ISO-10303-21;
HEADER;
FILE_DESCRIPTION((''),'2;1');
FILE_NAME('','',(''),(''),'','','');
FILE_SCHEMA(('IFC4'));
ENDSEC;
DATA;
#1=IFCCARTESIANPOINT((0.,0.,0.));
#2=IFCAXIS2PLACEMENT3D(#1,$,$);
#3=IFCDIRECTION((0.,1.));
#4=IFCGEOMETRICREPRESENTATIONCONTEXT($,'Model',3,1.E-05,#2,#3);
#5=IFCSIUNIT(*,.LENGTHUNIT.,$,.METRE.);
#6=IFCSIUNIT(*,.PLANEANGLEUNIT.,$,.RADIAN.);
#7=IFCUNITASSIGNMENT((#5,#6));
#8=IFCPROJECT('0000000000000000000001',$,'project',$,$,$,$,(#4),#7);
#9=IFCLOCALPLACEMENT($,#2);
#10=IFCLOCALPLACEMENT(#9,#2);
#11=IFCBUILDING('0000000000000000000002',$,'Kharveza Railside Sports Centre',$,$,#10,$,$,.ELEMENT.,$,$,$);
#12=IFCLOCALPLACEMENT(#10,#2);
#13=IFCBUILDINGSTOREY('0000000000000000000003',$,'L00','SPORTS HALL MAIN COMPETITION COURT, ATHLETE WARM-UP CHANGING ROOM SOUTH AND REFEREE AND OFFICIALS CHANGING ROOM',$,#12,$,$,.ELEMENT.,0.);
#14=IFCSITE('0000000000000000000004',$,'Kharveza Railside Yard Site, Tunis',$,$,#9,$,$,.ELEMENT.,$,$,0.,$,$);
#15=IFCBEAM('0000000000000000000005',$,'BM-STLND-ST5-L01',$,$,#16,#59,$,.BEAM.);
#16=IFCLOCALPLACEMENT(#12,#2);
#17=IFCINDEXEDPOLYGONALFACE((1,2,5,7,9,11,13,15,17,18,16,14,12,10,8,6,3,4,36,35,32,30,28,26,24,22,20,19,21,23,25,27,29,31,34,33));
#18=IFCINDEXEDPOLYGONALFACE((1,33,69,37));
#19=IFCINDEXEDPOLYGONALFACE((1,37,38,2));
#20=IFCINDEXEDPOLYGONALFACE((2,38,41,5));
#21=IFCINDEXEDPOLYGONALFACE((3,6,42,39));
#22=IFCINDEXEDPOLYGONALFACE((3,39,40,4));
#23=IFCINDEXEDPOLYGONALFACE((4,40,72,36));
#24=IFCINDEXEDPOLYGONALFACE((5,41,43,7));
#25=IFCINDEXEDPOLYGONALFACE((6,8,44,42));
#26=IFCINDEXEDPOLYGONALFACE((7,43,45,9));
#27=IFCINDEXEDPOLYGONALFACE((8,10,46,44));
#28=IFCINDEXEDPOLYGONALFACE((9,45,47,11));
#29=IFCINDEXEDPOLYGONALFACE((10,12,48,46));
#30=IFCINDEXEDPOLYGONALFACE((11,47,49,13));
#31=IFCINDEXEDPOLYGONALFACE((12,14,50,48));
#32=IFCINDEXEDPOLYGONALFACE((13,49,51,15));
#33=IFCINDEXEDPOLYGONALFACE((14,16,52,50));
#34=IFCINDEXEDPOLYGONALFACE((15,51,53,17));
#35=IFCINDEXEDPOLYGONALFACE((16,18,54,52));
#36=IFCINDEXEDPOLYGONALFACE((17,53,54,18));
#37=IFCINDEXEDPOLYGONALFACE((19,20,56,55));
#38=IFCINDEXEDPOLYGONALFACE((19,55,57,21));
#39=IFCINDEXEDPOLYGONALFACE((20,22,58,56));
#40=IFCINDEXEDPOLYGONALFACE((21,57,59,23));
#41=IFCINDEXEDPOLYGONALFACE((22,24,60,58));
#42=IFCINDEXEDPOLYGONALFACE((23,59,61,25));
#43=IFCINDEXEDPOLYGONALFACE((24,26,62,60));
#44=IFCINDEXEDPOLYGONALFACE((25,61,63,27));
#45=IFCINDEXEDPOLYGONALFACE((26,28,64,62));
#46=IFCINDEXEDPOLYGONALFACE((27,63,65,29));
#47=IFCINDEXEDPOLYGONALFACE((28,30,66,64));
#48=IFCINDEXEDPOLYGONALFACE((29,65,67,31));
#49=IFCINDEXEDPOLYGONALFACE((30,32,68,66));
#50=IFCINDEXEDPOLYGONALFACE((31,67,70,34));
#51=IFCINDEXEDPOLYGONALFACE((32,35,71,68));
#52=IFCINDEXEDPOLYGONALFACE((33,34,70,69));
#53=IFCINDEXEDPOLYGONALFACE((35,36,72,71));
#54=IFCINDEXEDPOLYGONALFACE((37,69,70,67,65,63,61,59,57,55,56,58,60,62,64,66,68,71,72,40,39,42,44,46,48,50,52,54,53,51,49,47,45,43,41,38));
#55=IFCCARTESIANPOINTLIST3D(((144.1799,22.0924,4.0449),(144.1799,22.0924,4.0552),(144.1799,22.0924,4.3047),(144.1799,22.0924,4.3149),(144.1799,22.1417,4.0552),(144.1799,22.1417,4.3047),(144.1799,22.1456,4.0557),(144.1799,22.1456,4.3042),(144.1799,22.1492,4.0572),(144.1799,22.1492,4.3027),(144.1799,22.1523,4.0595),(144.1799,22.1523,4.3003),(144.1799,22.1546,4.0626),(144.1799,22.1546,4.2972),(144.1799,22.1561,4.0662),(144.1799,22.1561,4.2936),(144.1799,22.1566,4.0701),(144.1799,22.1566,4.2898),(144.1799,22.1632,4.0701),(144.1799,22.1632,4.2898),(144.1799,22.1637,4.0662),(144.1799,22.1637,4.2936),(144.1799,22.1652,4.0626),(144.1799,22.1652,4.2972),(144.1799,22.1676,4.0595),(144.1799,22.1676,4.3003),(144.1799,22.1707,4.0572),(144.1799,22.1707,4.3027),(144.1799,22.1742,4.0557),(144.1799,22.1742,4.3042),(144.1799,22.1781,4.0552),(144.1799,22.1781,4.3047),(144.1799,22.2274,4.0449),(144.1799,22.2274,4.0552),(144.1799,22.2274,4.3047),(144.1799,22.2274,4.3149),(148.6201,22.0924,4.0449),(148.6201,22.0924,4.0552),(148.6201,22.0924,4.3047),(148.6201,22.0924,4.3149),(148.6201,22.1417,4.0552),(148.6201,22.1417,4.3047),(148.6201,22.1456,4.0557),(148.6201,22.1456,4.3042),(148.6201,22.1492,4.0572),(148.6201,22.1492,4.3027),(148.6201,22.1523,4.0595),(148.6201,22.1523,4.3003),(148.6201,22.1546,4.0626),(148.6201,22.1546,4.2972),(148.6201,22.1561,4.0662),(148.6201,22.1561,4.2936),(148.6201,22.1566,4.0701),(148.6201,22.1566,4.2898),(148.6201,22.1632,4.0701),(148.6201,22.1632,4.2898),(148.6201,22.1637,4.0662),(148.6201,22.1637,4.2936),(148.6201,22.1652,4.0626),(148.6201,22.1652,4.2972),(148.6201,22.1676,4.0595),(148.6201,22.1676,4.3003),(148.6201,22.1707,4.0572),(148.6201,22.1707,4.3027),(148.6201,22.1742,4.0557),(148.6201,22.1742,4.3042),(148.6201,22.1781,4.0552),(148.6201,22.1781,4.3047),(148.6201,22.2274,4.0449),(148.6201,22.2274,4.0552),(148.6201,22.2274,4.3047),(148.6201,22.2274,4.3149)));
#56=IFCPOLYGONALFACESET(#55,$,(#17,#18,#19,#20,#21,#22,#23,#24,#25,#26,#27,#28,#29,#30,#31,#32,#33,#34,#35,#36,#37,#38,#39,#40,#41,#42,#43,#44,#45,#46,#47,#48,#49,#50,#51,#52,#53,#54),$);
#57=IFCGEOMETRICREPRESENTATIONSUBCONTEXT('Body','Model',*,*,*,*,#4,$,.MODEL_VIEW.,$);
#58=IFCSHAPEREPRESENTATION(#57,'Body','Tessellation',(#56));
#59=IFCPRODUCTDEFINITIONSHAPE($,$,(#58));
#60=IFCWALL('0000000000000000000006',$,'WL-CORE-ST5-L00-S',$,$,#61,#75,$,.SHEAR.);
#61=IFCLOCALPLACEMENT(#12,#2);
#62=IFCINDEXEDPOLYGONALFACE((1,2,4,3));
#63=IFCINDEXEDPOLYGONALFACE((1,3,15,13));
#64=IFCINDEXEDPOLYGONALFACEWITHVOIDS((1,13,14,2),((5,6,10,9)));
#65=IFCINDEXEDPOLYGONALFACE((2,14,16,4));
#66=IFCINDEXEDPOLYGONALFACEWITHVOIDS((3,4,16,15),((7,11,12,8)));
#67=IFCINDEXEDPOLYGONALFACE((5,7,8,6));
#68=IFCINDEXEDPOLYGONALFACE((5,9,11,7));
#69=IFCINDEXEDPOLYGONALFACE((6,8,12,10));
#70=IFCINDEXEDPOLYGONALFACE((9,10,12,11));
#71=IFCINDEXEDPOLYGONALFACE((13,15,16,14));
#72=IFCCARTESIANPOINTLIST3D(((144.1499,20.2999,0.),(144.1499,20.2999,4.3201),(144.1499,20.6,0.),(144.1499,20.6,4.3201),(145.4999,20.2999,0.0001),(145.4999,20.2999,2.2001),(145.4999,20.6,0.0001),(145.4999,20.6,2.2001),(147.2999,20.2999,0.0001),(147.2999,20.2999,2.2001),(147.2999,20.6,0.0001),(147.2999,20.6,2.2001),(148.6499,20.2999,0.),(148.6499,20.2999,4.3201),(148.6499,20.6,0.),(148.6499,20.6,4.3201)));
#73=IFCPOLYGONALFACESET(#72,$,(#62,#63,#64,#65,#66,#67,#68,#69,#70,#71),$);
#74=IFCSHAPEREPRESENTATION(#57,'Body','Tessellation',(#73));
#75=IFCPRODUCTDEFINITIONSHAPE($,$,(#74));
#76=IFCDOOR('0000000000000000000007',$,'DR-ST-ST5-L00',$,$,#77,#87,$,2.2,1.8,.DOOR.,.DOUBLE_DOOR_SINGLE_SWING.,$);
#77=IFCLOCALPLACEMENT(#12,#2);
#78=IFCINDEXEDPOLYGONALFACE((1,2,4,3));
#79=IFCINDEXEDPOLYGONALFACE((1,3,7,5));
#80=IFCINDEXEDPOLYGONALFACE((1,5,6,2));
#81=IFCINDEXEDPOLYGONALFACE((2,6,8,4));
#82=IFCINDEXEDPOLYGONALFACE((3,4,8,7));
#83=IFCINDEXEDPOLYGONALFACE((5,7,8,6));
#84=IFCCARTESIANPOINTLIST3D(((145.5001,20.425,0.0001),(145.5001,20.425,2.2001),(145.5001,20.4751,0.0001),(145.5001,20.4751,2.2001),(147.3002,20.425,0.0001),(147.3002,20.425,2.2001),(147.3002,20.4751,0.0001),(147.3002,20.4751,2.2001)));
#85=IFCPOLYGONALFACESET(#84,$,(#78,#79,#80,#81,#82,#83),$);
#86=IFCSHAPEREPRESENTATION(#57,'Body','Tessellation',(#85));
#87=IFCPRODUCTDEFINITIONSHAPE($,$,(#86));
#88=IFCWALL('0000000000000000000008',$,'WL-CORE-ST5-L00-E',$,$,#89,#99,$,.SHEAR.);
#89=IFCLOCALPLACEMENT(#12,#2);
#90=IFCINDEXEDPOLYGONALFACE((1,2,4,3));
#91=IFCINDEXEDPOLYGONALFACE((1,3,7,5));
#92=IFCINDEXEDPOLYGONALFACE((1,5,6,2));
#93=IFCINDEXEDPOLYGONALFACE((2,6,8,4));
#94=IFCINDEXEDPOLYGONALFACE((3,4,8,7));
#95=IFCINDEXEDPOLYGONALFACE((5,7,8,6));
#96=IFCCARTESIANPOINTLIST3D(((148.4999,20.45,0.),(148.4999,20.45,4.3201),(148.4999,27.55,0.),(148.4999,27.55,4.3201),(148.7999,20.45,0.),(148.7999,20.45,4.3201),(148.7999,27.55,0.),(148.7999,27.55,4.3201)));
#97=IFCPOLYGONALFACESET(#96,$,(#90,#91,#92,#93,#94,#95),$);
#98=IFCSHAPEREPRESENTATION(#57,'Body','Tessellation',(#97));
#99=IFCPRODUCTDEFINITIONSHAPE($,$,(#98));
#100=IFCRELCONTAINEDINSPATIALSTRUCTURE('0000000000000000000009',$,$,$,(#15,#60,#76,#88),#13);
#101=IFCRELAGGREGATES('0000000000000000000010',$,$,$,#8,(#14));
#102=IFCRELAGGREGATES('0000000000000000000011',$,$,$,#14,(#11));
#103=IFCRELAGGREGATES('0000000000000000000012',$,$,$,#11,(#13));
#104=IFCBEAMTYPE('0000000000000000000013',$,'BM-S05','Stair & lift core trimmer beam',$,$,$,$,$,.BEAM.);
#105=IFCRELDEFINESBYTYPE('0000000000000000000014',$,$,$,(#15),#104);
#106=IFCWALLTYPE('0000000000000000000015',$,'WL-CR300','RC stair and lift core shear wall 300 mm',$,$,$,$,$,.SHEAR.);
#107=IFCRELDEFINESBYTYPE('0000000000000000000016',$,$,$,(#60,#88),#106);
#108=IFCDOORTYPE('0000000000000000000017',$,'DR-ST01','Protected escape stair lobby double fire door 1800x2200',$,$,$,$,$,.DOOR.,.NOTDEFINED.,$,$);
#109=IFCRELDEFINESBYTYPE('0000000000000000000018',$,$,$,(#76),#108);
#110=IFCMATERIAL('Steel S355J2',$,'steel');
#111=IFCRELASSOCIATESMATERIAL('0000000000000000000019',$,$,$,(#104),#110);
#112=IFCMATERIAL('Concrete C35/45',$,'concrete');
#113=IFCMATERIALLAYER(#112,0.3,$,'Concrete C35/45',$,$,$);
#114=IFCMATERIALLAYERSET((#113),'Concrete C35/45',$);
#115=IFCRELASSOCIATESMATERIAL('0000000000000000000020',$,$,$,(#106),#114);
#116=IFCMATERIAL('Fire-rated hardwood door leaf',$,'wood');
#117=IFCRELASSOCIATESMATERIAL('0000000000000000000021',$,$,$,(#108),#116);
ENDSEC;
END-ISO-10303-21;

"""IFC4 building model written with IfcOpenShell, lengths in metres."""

from ifc_helpers import new_model, si_unit, direction, frame, frame_2d, origin, origin_2d, place, context, subcontext, project, spatial, rectangle, i_section, extrude, material, layer, layer_set, material_profile, profile_set, type_object, element, fill, save


model = new_model("IFC4")

# Units and contexts
model_context = context("Model", 3, precision=1e-05, world=origin(), true_north=direction((0.0, 1.0)))
body_context = subcontext(model_context, "Body", "Model", "MODEL_VIEW")
ifc_project = project(units=[si_unit("LENGTHUNIT", "METRE"), si_unit("PLANEANGLEUNIT", "RADIAN")], contexts=[model_context])

# Site, building, storey
site_placement = place(None, origin())
site = spatial("IfcSite", under=ifc_project, at=site_placement, Name="Kharveza Railside Yard Site, Tunis", CompositionType="ELEMENT", RefElevation=0.0)
building_placement = place(site_placement, origin())
building = spatial("IfcBuilding", under=site, at=building_placement, Name="Kharveza Railside Sports Centre", CompositionType="ELEMENT")
storey_placement = place(building_placement, origin())
storey = spatial("IfcBuildingStorey", under=building, at=storey_placement, Name="L00", Description="SPORTS HALL MAIN COMPETITION COURT, ATHLETE WARM-UP CHANGING ROOM SOUTH AND REFEREE AND OFFICIALS CHANGING ROOM", CompositionType="ELEMENT", Elevation=0.0)

# Shared definitions
ifc_material_1 = material(Name="Concrete C35/45", Category="concrete")

# Shared definitions
ifc_material_2 = material(Name="Steel S355J2", Category="steel")

# Beam
ifc_material_profile_1 = material_profile(ifc_material_2, i_section(OverallWidth=0.135, OverallDepth=0.27, WebThickness=0.0066, FlangeThickness=0.0103, FilletRadius=0.0149, at=origin_2d()), Name="IPE 270")
ifc_profile_set_1 = profile_set([ifc_material_profile_1], Name="Steel S355J2")
beam_type_1 = type_object("IfcBeamType", Name="BM-S05", Description="Stair & lift core trimmer beam", PredefinedType="BEAM", material=ifc_profile_set_1)
beam_1_placement = place(storey_placement, frame((144.1799, 22.1599, 4.1799), z_axis=(1.0, 0.0, 0.0), x_axis=(0.0, 1.0, 0.0)))
element("IfcBeam", 1, at=beam_1_placement, inside=storey, type_object=beam_type_1, Name="BM-STLND-ST5-L01", PredefinedType="BEAM", context=body_context, shape_type="SweptSolid", body=[
    extrude(i_section(OverallWidth=0.135, OverallDepth=0.27, WebThickness=0.0066, FlangeThickness=0.0103, FilletRadius=0.0149, at=origin_2d()), origin(), (0.0, 0.0, 1.0), 4.4402),
])

# Wall, opening, door
ifc_layer = layer(ifc_material_1, 0.3, Name="Concrete C35/45")
ifc_layer_set = layer_set([ifc_layer], Name="Concrete C35/45")
wall_type = type_object("IfcWallType", Name="WL-CR300", Description="RC stair and lift core shear wall 300 mm", PredefinedType="SHEAR", material=ifc_layer_set)
wall_1_placement = place(storey_placement, frame((144.1499, 20.45, 0.0), z_axis=(0.0, 0.0, 1.0), x_axis=(1.0, 0.0, 0.0)))
wall_1 = element("IfcWall", 2, at=wall_1_placement, inside=storey, type_object=wall_type, Name="WL-CORE-ST5-L00-S", PredefinedType="SHEAR", context=body_context, shape_type="SweptSolid", body=[
    extrude(rectangle(XDim=4.5, YDim=0.3, at=frame_2d((2.25, 0.0))), origin(), (0.0, 0.0, 1.0), 4.3201),
])
opening_placement = place(wall_1_placement, frame((1.3501, 0.0, 0.0)))
opening = element("IfcOpeningElement", 3, at=opening_placement, cuts=wall_1, PredefinedType="OPENING", context=body_context, shape_type="SweptSolid", body=[
    extrude(rectangle(XDim=1.8, YDim=2.2, at=frame_2d((0.8999, 1.1001))), frame((0.0, 0.1748, 0.0), z_axis=(0.0, -1.0, 0.0), x_axis=(1.0, 0.0, 0.0)), (0.0, 0.0, 1.0), 0.3499),
])
ifc_material_3 = material(Name="Fire-rated hardwood door leaf", Category="wood")
door_type = type_object("IfcDoorType", Name="DR-ST01", Description="Protected escape stair lobby double fire door 1800x2200", OperationType="NOTDEFINED", PredefinedType="DOOR", material=ifc_material_3)
door_placement = place(opening_placement, frame((1.8, 0.0, 0.0), z_axis=(0.0, 0.0, 1.0), x_axis=(-1.0, 0.0, 0.0)))
door = element("IfcDoor", 4, at=door_placement, inside=storey, type_object=door_type, Name="DR-ST-ST5-L00", OperationType="DOUBLE_DOOR_SINGLE_SWING", OverallHeight=2.2, OverallWidth=1.8, PredefinedType="DOOR", context=body_context, shape_type="SweptSolid", body=[
    extrude(rectangle(XDim=1.8, YDim=2.2, at=frame_2d((0.8999, 1.1001))), frame((0.0, 0.0249, 0.0), z_axis=(0.0, -1.0, 0.0), x_axis=(1.0, 0.0, 0.0)), (0.0, 0.0, 1.0), 0.05),
])
fill(opening, door)

# Wall
wall_2_placement = place(storey_placement, frame((148.6499, 20.45, 0.0), z_axis=(0.0, 0.0, 1.0), x_axis=(0.0, 1.0, 0.0)))
element("IfcWall", 5, at=wall_2_placement, inside=storey, type_object=wall_type, Name="WL-CORE-ST5-L00-E", PredefinedType="SHEAR", context=body_context, shape_type="SweptSolid", body=[
    extrude(rectangle(XDim=7.1001, YDim=0.3, at=frame_2d((3.55, 0.0))), origin(), (0.0, 0.0, 1.0), 4.3201),
])

save(model, "model.ifc")
